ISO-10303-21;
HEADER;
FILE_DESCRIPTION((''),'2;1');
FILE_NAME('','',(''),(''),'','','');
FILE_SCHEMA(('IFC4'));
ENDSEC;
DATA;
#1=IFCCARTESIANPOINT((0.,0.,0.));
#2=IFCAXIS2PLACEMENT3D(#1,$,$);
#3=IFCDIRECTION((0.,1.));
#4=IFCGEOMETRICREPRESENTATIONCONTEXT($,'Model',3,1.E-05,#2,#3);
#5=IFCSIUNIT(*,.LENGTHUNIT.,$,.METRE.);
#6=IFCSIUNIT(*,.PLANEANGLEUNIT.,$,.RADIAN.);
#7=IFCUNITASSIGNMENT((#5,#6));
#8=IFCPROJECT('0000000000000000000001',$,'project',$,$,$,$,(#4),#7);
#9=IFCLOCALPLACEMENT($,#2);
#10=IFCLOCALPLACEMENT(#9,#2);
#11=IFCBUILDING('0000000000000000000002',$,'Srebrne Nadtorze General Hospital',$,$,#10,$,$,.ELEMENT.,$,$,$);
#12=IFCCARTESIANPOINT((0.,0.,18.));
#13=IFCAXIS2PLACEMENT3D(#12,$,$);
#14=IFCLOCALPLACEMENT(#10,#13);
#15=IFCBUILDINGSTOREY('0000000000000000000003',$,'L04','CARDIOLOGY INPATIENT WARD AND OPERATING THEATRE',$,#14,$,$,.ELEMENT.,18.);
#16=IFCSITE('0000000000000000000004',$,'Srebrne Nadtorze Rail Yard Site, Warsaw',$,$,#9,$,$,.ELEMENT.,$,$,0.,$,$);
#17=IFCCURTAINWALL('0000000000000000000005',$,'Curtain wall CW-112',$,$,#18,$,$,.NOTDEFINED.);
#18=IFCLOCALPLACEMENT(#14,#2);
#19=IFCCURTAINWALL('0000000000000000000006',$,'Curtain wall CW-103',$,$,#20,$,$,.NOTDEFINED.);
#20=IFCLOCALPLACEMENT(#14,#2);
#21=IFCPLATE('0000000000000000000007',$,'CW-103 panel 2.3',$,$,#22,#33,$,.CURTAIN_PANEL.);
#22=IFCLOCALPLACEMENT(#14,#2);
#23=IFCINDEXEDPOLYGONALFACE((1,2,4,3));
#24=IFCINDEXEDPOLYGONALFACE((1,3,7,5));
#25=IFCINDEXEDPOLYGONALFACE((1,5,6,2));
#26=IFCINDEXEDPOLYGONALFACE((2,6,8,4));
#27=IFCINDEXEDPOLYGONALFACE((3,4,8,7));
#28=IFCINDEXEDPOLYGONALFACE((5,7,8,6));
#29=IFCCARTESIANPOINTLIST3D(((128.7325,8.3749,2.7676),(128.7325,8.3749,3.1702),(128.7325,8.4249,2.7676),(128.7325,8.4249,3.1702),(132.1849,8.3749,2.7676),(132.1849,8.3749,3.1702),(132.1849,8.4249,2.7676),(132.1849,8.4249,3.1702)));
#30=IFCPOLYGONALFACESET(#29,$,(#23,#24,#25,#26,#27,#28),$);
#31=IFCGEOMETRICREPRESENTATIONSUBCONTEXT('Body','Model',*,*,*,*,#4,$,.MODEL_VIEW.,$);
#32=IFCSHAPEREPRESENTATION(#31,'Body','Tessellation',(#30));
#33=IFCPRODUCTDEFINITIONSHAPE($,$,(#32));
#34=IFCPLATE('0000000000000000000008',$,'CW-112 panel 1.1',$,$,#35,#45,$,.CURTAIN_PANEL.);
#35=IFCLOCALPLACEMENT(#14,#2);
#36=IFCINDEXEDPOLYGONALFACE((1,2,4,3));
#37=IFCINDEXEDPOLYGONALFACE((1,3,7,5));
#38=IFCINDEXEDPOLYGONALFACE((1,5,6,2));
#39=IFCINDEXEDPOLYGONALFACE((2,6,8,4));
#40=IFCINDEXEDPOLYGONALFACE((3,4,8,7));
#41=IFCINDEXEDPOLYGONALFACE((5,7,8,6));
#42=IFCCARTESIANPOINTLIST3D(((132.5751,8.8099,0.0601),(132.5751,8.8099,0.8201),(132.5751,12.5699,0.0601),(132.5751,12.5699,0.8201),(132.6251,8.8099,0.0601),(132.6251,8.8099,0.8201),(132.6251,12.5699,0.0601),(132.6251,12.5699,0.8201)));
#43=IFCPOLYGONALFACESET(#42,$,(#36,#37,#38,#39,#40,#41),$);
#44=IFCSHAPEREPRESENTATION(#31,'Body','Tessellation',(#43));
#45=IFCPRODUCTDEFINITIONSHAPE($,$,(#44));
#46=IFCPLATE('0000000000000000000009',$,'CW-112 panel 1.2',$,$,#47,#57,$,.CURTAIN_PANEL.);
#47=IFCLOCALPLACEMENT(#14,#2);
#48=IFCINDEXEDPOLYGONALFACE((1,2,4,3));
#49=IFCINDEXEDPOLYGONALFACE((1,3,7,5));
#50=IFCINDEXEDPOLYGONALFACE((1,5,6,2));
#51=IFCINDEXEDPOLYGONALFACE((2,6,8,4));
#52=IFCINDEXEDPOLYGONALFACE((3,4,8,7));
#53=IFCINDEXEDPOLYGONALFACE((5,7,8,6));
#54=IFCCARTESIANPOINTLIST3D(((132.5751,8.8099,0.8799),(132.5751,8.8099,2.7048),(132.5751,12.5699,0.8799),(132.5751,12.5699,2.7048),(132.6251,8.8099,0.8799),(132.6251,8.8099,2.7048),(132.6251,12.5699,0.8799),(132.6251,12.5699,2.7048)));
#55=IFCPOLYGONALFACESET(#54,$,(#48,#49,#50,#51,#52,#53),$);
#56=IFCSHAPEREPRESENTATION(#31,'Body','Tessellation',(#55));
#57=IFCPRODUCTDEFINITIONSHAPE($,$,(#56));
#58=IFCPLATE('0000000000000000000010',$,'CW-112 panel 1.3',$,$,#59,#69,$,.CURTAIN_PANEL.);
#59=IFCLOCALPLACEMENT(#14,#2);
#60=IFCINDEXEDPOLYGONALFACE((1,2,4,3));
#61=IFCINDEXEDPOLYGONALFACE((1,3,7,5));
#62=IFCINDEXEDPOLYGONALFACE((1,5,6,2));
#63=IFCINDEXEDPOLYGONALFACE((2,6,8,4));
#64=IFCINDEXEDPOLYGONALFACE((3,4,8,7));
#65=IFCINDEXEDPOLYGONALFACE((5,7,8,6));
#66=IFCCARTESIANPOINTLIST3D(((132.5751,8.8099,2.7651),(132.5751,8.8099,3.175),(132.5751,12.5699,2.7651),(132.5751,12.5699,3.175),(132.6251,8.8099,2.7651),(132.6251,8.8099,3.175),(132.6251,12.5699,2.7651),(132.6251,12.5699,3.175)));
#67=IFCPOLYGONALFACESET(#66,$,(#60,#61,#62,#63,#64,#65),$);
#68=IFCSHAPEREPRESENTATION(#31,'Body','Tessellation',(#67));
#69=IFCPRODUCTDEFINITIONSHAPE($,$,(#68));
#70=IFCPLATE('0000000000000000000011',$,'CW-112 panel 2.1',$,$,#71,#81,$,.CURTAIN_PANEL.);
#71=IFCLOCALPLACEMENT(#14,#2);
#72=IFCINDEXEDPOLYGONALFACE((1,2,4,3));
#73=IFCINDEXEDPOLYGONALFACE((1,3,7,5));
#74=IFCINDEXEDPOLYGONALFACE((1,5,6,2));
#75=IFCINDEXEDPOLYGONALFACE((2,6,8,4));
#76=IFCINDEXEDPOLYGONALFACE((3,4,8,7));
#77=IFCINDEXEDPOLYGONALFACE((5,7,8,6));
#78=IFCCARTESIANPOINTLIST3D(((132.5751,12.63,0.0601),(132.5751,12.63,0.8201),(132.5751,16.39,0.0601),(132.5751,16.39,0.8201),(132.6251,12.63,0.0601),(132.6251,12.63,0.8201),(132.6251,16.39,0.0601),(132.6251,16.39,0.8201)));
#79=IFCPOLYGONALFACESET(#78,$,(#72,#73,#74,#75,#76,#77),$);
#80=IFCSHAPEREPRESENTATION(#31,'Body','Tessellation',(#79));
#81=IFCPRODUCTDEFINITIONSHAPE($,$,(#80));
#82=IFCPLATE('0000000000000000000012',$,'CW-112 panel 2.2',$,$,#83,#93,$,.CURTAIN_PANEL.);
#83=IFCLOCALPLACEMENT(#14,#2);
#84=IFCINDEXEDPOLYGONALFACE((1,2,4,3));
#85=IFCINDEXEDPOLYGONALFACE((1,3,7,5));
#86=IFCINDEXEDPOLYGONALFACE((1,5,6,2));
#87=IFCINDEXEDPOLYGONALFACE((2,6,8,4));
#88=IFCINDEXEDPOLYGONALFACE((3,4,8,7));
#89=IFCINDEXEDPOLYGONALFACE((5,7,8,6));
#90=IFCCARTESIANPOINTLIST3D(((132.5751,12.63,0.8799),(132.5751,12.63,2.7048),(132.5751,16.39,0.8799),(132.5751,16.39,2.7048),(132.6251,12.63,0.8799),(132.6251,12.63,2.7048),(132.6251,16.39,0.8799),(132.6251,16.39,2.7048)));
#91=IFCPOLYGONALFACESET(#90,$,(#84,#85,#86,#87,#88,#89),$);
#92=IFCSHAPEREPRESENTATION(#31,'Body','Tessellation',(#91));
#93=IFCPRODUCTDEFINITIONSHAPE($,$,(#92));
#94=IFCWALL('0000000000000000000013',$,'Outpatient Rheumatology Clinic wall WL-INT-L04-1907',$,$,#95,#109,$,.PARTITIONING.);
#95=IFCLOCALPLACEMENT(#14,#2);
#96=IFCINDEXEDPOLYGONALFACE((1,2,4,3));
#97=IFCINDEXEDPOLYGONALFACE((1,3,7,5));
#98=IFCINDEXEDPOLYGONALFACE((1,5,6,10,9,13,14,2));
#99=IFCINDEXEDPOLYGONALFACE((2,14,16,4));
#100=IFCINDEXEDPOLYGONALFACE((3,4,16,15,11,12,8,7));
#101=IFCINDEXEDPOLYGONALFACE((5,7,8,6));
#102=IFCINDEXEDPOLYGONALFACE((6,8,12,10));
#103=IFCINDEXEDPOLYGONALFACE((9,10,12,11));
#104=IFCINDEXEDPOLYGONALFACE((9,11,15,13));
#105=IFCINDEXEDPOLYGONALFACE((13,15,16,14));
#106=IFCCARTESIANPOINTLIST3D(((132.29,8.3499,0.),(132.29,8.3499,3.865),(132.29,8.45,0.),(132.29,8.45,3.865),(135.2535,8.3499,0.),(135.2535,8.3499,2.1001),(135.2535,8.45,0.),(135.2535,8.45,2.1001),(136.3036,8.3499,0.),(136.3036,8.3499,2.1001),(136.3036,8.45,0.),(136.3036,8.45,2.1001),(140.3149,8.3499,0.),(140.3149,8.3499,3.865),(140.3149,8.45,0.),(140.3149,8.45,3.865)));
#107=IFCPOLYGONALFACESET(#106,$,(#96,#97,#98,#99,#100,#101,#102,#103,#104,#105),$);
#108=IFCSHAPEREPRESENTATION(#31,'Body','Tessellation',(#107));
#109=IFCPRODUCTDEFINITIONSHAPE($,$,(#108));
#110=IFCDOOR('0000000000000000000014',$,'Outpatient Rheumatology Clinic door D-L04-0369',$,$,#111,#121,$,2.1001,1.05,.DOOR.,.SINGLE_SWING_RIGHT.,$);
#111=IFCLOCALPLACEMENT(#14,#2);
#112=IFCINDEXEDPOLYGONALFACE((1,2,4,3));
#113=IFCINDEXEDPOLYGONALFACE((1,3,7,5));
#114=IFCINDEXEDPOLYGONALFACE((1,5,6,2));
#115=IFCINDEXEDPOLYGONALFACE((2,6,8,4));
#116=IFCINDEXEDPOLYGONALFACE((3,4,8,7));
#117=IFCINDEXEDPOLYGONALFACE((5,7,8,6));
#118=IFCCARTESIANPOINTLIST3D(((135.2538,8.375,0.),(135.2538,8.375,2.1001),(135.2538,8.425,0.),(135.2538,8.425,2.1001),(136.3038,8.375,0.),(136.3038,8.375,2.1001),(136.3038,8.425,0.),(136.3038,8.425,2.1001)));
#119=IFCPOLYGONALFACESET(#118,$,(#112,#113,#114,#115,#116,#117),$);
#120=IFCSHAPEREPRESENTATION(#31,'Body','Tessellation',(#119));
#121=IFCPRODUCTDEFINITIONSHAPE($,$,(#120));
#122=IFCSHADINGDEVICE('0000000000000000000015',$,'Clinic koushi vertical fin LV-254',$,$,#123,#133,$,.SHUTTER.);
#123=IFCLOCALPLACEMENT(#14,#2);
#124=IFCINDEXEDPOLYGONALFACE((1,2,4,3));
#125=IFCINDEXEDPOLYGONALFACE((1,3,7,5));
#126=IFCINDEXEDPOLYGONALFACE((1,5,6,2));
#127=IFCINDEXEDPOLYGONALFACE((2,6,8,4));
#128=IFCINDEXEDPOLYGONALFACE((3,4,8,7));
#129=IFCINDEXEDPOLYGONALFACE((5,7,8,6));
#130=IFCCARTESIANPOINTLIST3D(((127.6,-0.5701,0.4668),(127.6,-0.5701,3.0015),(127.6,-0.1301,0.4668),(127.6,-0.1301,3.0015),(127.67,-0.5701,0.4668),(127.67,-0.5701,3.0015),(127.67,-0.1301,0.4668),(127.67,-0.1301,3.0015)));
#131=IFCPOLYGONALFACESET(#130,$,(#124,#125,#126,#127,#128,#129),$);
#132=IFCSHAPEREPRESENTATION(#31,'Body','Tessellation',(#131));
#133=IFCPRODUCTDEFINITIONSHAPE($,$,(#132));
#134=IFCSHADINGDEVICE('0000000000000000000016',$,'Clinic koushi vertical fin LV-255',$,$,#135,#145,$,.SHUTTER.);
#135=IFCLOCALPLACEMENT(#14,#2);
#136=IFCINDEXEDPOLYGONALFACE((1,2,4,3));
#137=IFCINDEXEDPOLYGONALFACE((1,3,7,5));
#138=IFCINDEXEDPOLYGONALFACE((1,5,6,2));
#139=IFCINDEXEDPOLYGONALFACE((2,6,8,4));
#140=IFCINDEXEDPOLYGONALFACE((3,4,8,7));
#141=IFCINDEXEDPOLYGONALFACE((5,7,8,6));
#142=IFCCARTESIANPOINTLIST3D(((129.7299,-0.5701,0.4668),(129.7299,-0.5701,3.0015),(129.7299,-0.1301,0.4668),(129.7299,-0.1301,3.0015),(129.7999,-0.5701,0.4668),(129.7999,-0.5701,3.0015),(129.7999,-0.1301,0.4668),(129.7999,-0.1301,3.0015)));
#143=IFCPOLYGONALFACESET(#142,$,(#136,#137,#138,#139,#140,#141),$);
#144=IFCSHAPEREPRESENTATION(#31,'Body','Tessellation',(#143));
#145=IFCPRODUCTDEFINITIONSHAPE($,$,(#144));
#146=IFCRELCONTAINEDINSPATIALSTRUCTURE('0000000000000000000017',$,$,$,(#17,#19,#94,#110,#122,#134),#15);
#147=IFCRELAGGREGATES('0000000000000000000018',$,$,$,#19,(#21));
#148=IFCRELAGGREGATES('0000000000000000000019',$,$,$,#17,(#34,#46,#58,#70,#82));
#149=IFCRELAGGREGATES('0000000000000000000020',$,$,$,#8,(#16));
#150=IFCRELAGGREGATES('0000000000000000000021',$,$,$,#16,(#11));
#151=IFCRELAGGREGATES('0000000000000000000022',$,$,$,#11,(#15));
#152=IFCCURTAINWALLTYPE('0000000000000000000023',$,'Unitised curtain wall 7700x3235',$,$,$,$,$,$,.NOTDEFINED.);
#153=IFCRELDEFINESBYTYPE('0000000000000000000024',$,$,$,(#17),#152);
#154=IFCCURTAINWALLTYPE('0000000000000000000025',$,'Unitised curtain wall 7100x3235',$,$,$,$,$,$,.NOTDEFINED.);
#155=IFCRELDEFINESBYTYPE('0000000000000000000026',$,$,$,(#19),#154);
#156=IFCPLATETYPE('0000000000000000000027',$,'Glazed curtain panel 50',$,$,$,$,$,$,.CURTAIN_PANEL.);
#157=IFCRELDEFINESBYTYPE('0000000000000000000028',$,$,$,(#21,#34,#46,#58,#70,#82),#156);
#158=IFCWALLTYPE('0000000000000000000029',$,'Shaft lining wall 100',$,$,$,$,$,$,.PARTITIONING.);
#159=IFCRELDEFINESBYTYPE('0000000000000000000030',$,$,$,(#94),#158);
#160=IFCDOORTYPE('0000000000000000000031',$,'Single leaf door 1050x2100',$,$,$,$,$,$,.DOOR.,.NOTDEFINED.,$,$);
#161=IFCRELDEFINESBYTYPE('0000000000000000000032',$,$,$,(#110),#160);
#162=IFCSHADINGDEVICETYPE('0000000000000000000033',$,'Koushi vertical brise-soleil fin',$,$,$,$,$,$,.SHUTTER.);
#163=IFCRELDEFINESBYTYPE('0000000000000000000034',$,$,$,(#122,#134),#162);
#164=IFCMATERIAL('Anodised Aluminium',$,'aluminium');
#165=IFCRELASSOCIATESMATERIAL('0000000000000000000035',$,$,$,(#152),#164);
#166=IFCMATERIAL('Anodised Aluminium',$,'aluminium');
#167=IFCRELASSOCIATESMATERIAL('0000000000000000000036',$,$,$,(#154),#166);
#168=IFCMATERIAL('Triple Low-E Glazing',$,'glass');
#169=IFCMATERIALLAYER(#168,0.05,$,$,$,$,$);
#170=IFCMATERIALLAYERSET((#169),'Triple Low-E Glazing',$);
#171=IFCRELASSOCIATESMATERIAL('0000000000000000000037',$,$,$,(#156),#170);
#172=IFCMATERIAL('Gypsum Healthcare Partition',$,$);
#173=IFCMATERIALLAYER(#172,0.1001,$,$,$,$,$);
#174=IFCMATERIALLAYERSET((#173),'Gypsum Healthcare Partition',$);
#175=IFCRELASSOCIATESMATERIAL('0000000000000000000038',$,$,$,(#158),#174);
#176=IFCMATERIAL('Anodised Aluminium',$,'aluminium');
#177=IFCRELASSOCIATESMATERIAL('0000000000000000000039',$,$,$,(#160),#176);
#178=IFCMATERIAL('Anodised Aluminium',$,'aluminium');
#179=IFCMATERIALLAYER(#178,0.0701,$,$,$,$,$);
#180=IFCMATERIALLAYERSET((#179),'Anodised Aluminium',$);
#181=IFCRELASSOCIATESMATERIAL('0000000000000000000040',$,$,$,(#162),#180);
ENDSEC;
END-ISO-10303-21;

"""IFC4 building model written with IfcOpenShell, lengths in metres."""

from ifc_helpers import new_model, si_unit, direction, frame, frame_2d, origin, origin_2d, place, context, subcontext, project, spatial, rectangle, extrude, material, layer, layer_set, type_object, element, fill, aggregate, save


model = new_model("IFC4")

# Units and contexts
model_context = context("Model", 3, precision=1e-05, world=origin(), true_north=direction((0.0, 1.0)))
body_context = subcontext(model_context, "Body", "Model", "MODEL_VIEW")
ifc_project = project(units=[si_unit("LENGTHUNIT", "METRE"), si_unit("PLANEANGLEUNIT", "RADIAN")], contexts=[model_context])

# Site, building, storey
site_placement = place(None, origin())
site = spatial("IfcSite", under=ifc_project, at=site_placement, Name="Srebrne Nadtorze Rail Yard Site, Warsaw", CompositionType="ELEMENT", RefElevation=0.0)
building_placement = place(site_placement, origin())
building = spatial("IfcBuilding", under=site, at=building_placement, Name="Srebrne Nadtorze General Hospital", CompositionType="ELEMENT")
storey_placement = place(building_placement, frame((0.0, 0.0, 18.0)))
storey = spatial("IfcBuildingStorey", under=building, at=storey_placement, Name="L04", Description="CARDIOLOGY INPATIENT WARD AND OPERATING THEATRE", CompositionType="ELEMENT", Elevation=18.0)

# Curtain walls
ifc_material_1 = material(Name="Anodised Aluminium", Category="aluminium")
curtain_wall_type_1 = type_object("IfcCurtainWallType", Name="Unitised curtain wall 7700x3235", PredefinedType="NOTDEFINED", material=ifc_material_1)
curtain_wall_1_placement = place(storey_placement, origin())
curtain_wall_1 = element("IfcCurtainWall", 1, at=curtain_wall_1_placement, inside=storey, type_object=curtain_wall_type_1, Name="Curtain wall CW-112", PredefinedType="NOTDEFINED")
ifc_material_2 = material(Name="Anodised Aluminium", Category="aluminium")
curtain_wall_type_2 = type_object("IfcCurtainWallType", Name="Unitised curtain wall 7100x3235", PredefinedType="NOTDEFINED", material=ifc_material_2)
curtain_wall_2_placement = place(storey_placement, origin())
curtain_wall_2 = element("IfcCurtainWall", 2, at=curtain_wall_2_placement, inside=storey, type_object=curtain_wall_type_2, Name="Curtain wall CW-103", PredefinedType="NOTDEFINED")

# Plates
ifc_material_3 = material(Name="Triple Low-E Glazing", Category="glass")
ifc_layer_1 = layer(ifc_material_3, 0.05)
ifc_layer_set_1 = layer_set([ifc_layer_1], Name="Triple Low-E Glazing")
plate_type = type_object("IfcPlateType", Name="Glazed curtain panel 50", PredefinedType="CURTAIN_PANEL", material=ifc_layer_set_1)
plate_1_placement = place(storey_placement, frame((130.4587, 8.3999, 2.7676), z_axis=(0.0, 0.0, 1.0), x_axis=(1.0, 0.0, 0.0)))
plate_1 = element("IfcPlate", 3, at=plate_1_placement, type_object=plate_type, Name="CW-103 panel 2.3", PredefinedType="CURTAIN_PANEL", context=body_context, shape_type="SweptSolid", body=[
    extrude(rectangle(XDim=3.4524, YDim=0.05, at=origin_2d()), origin(), (0.0, 0.0, 1.0), 0.4026),
])
aggregate(curtain_wall_2, [plate_1])
plate_2_placement = place(storey_placement, frame((132.6001, 10.6899, 0.0601), z_axis=(0.0, 0.0, 1.0), x_axis=(0.0, 1.0, 0.0)))
plate_2 = element("IfcPlate", 4, at=plate_2_placement, type_object=plate_type, Name="CW-112 panel 1.1", PredefinedType="CURTAIN_PANEL", context=body_context, shape_type="SweptSolid", body=[
    extrude(rectangle(XDim=3.76, YDim=0.05, at=origin_2d()), origin(), (0.0, 0.0, 1.0), 0.76),
])
plate_3_placement = place(storey_placement, frame((132.6001, 10.6899, 0.8799), z_axis=(0.0, 0.0, 1.0), x_axis=(0.0, 1.0, 0.0)))
plate_3 = element("IfcPlate", 5, at=plate_3_placement, type_object=plate_type, Name="CW-112 panel 1.2", PredefinedType="CURTAIN_PANEL", context=body_context, shape_type="SweptSolid", body=[
    extrude(rectangle(XDim=3.76, YDim=0.05, at=origin_2d()), origin(), (0.0, 0.0, 1.0), 1.825),
])
plate_4_placement = place(storey_placement, frame((132.6001, 10.6899, 2.7651), z_axis=(0.0, 0.0, 1.0), x_axis=(0.0, 1.0, 0.0)))
plate_4 = element("IfcPlate", 6, at=plate_4_placement, type_object=plate_type, Name="CW-112 panel 1.3", PredefinedType="CURTAIN_PANEL", context=body_context, shape_type="SweptSolid", body=[
    extrude(rectangle(XDim=3.76, YDim=0.05, at=origin_2d()), origin(), (0.0, 0.0, 1.0), 0.4099),
])
plate_5_placement = place(storey_placement, frame((132.6001, 14.51, 0.0601), z_axis=(0.0, 0.0, 1.0), x_axis=(0.0, 1.0, 0.0)))
plate_5 = element("IfcPlate", 7, at=plate_5_placement, type_object=plate_type, Name="CW-112 panel 2.1", PredefinedType="CURTAIN_PANEL", context=body_context, shape_type="SweptSolid", body=[
    extrude(rectangle(XDim=3.76, YDim=0.05, at=origin_2d()), origin(), (0.0, 0.0, 1.0), 0.76),
])
plate_6_placement = place(storey_placement, frame((132.6001, 14.51, 0.8799), z_axis=(0.0, 0.0, 1.0), x_axis=(0.0, 1.0, 0.0)))
plate_6 = element("IfcPlate", 8, at=plate_6_placement, type_object=plate_type, Name="CW-112 panel 2.2", PredefinedType="CURTAIN_PANEL", context=body_context, shape_type="SweptSolid", body=[
    extrude(rectangle(XDim=3.76, YDim=0.05, at=origin_2d()), origin(), (0.0, 0.0, 1.0), 1.825),
])
aggregate(curtain_wall_1, [plate_2, plate_3, plate_4, plate_5, plate_6])

# Wall, opening, door
ifc_material_4 = material(Name="Gypsum Healthcare Partition")
ifc_layer_2 = layer(ifc_material_4, 0.1001)
ifc_layer_set_2 = layer_set([ifc_layer_2], Name="Gypsum Healthcare Partition")
wall_type = type_object("IfcWallType", Name="Shaft lining wall 100", PredefinedType="PARTITIONING", material=ifc_layer_set_2)
wall_1_placement = place(storey_placement, frame((132.29, 8.3999, 0.0), z_axis=(0.0, 0.0, 1.0), x_axis=(1.0, 0.0, 0.0)))
wall_1 = element("IfcWall", 9, at=wall_1_placement, inside=storey, type_object=wall_type, Name="Outpatient Rheumatology Clinic wall WL-INT-L04-1907", PredefinedType="PARTITIONING", context=body_context, shape_type="SweptSolid", body=[
    extrude(rectangle(XDim=8.0249, YDim=0.1001, at=frame_2d((4.0125, 0.0))), origin(), (0.0, 0.0, 1.0), 3.865),
])
opening_placement = place(wall_1_placement, frame((2.9636, 0.0, 0.0)))
opening = element("IfcOpeningElement", 10, at=opening_placement, cuts=wall_1, PredefinedType="OPENING", context=body_context, shape_type="SweptSolid", body=[
    extrude(rectangle(XDim=1.05, YDim=2.1001, at=frame_2d((0.5249, 1.05))), frame((0.0, 0.062, 0.0), z_axis=(0.0, -1.0, 0.0), x_axis=(1.0, 0.0, 0.0)), (0.0, 0.0, 1.0), 0.124),
])
ifc_material_5 = material(Name="Anodised Aluminium", Category="aluminium")
door_type = type_object("IfcDoorType", Name="Single leaf door 1050x2100", OperationType="NOTDEFINED", PredefinedType="DOOR", material=ifc_material_5)
door_placement = place(opening_placement, frame((1.05, 0.0, 0.0), z_axis=(0.0, 0.0, 1.0), x_axis=(-1.0, 0.0, 0.0)))
door = element("IfcDoor", 11, at=door_placement, inside=storey, type_object=door_type, Name="Outpatient Rheumatology Clinic door D-L04-0369", OperationType="SINGLE_SWING_RIGHT", OverallHeight=2.1001, OverallWidth=1.05, PredefinedType="DOOR", context=body_context, shape_type="SweptSolid", body=[
    extrude(rectangle(XDim=1.05, YDim=2.1001, at=frame_2d((0.5249, 1.05))), frame((0.0, 0.0249, 0.0), z_axis=(0.0, -1.0, 0.0), x_axis=(1.0, 0.0, 0.0)), (0.0, 0.0, 1.0), 0.05),
])
fill(opening, door)

# Shading devices
ifc_material_6 = material(Name="Anodised Aluminium", Category="aluminium")
ifc_layer_3 = layer(ifc_material_6, 0.0701)
ifc_layer_set_3 = layer_set([ifc_layer_3], Name="Anodised Aluminium")
shading_device_type = type_object("IfcShadingDeviceType", Name="Koushi vertical brise-soleil fin", PredefinedType="SHUTTER", material=ifc_layer_set_3)
for number, where, z_axis, x_axis, name in (
    (12, (127.635, -0.3501, 0.4668), (0.0, 0.0, 1.0), (1.0, 0.0, 0.0), "Clinic koushi vertical fin LV-254"),
    (13, (129.7649, -0.3501, 0.4668), (0.0, 0.0, 1.0), (1.0, 0.0, 0.0), "Clinic koushi vertical fin LV-255"),
):
    element("IfcShadingDevice", number, at=place(storey_placement, frame(where, z_axis=z_axis, x_axis=x_axis)), inside=storey, type_object=shading_device_type, Name=name, PredefinedType="SHUTTER", context=body_context, shape_type="SweptSolid", body=[
        extrude(rectangle(XDim=0.0701, YDim=0.4399, at=origin_2d()), origin(), (0.0, 0.0, 1.0), 2.5347),
    ])

save(model, "model.ifc")
